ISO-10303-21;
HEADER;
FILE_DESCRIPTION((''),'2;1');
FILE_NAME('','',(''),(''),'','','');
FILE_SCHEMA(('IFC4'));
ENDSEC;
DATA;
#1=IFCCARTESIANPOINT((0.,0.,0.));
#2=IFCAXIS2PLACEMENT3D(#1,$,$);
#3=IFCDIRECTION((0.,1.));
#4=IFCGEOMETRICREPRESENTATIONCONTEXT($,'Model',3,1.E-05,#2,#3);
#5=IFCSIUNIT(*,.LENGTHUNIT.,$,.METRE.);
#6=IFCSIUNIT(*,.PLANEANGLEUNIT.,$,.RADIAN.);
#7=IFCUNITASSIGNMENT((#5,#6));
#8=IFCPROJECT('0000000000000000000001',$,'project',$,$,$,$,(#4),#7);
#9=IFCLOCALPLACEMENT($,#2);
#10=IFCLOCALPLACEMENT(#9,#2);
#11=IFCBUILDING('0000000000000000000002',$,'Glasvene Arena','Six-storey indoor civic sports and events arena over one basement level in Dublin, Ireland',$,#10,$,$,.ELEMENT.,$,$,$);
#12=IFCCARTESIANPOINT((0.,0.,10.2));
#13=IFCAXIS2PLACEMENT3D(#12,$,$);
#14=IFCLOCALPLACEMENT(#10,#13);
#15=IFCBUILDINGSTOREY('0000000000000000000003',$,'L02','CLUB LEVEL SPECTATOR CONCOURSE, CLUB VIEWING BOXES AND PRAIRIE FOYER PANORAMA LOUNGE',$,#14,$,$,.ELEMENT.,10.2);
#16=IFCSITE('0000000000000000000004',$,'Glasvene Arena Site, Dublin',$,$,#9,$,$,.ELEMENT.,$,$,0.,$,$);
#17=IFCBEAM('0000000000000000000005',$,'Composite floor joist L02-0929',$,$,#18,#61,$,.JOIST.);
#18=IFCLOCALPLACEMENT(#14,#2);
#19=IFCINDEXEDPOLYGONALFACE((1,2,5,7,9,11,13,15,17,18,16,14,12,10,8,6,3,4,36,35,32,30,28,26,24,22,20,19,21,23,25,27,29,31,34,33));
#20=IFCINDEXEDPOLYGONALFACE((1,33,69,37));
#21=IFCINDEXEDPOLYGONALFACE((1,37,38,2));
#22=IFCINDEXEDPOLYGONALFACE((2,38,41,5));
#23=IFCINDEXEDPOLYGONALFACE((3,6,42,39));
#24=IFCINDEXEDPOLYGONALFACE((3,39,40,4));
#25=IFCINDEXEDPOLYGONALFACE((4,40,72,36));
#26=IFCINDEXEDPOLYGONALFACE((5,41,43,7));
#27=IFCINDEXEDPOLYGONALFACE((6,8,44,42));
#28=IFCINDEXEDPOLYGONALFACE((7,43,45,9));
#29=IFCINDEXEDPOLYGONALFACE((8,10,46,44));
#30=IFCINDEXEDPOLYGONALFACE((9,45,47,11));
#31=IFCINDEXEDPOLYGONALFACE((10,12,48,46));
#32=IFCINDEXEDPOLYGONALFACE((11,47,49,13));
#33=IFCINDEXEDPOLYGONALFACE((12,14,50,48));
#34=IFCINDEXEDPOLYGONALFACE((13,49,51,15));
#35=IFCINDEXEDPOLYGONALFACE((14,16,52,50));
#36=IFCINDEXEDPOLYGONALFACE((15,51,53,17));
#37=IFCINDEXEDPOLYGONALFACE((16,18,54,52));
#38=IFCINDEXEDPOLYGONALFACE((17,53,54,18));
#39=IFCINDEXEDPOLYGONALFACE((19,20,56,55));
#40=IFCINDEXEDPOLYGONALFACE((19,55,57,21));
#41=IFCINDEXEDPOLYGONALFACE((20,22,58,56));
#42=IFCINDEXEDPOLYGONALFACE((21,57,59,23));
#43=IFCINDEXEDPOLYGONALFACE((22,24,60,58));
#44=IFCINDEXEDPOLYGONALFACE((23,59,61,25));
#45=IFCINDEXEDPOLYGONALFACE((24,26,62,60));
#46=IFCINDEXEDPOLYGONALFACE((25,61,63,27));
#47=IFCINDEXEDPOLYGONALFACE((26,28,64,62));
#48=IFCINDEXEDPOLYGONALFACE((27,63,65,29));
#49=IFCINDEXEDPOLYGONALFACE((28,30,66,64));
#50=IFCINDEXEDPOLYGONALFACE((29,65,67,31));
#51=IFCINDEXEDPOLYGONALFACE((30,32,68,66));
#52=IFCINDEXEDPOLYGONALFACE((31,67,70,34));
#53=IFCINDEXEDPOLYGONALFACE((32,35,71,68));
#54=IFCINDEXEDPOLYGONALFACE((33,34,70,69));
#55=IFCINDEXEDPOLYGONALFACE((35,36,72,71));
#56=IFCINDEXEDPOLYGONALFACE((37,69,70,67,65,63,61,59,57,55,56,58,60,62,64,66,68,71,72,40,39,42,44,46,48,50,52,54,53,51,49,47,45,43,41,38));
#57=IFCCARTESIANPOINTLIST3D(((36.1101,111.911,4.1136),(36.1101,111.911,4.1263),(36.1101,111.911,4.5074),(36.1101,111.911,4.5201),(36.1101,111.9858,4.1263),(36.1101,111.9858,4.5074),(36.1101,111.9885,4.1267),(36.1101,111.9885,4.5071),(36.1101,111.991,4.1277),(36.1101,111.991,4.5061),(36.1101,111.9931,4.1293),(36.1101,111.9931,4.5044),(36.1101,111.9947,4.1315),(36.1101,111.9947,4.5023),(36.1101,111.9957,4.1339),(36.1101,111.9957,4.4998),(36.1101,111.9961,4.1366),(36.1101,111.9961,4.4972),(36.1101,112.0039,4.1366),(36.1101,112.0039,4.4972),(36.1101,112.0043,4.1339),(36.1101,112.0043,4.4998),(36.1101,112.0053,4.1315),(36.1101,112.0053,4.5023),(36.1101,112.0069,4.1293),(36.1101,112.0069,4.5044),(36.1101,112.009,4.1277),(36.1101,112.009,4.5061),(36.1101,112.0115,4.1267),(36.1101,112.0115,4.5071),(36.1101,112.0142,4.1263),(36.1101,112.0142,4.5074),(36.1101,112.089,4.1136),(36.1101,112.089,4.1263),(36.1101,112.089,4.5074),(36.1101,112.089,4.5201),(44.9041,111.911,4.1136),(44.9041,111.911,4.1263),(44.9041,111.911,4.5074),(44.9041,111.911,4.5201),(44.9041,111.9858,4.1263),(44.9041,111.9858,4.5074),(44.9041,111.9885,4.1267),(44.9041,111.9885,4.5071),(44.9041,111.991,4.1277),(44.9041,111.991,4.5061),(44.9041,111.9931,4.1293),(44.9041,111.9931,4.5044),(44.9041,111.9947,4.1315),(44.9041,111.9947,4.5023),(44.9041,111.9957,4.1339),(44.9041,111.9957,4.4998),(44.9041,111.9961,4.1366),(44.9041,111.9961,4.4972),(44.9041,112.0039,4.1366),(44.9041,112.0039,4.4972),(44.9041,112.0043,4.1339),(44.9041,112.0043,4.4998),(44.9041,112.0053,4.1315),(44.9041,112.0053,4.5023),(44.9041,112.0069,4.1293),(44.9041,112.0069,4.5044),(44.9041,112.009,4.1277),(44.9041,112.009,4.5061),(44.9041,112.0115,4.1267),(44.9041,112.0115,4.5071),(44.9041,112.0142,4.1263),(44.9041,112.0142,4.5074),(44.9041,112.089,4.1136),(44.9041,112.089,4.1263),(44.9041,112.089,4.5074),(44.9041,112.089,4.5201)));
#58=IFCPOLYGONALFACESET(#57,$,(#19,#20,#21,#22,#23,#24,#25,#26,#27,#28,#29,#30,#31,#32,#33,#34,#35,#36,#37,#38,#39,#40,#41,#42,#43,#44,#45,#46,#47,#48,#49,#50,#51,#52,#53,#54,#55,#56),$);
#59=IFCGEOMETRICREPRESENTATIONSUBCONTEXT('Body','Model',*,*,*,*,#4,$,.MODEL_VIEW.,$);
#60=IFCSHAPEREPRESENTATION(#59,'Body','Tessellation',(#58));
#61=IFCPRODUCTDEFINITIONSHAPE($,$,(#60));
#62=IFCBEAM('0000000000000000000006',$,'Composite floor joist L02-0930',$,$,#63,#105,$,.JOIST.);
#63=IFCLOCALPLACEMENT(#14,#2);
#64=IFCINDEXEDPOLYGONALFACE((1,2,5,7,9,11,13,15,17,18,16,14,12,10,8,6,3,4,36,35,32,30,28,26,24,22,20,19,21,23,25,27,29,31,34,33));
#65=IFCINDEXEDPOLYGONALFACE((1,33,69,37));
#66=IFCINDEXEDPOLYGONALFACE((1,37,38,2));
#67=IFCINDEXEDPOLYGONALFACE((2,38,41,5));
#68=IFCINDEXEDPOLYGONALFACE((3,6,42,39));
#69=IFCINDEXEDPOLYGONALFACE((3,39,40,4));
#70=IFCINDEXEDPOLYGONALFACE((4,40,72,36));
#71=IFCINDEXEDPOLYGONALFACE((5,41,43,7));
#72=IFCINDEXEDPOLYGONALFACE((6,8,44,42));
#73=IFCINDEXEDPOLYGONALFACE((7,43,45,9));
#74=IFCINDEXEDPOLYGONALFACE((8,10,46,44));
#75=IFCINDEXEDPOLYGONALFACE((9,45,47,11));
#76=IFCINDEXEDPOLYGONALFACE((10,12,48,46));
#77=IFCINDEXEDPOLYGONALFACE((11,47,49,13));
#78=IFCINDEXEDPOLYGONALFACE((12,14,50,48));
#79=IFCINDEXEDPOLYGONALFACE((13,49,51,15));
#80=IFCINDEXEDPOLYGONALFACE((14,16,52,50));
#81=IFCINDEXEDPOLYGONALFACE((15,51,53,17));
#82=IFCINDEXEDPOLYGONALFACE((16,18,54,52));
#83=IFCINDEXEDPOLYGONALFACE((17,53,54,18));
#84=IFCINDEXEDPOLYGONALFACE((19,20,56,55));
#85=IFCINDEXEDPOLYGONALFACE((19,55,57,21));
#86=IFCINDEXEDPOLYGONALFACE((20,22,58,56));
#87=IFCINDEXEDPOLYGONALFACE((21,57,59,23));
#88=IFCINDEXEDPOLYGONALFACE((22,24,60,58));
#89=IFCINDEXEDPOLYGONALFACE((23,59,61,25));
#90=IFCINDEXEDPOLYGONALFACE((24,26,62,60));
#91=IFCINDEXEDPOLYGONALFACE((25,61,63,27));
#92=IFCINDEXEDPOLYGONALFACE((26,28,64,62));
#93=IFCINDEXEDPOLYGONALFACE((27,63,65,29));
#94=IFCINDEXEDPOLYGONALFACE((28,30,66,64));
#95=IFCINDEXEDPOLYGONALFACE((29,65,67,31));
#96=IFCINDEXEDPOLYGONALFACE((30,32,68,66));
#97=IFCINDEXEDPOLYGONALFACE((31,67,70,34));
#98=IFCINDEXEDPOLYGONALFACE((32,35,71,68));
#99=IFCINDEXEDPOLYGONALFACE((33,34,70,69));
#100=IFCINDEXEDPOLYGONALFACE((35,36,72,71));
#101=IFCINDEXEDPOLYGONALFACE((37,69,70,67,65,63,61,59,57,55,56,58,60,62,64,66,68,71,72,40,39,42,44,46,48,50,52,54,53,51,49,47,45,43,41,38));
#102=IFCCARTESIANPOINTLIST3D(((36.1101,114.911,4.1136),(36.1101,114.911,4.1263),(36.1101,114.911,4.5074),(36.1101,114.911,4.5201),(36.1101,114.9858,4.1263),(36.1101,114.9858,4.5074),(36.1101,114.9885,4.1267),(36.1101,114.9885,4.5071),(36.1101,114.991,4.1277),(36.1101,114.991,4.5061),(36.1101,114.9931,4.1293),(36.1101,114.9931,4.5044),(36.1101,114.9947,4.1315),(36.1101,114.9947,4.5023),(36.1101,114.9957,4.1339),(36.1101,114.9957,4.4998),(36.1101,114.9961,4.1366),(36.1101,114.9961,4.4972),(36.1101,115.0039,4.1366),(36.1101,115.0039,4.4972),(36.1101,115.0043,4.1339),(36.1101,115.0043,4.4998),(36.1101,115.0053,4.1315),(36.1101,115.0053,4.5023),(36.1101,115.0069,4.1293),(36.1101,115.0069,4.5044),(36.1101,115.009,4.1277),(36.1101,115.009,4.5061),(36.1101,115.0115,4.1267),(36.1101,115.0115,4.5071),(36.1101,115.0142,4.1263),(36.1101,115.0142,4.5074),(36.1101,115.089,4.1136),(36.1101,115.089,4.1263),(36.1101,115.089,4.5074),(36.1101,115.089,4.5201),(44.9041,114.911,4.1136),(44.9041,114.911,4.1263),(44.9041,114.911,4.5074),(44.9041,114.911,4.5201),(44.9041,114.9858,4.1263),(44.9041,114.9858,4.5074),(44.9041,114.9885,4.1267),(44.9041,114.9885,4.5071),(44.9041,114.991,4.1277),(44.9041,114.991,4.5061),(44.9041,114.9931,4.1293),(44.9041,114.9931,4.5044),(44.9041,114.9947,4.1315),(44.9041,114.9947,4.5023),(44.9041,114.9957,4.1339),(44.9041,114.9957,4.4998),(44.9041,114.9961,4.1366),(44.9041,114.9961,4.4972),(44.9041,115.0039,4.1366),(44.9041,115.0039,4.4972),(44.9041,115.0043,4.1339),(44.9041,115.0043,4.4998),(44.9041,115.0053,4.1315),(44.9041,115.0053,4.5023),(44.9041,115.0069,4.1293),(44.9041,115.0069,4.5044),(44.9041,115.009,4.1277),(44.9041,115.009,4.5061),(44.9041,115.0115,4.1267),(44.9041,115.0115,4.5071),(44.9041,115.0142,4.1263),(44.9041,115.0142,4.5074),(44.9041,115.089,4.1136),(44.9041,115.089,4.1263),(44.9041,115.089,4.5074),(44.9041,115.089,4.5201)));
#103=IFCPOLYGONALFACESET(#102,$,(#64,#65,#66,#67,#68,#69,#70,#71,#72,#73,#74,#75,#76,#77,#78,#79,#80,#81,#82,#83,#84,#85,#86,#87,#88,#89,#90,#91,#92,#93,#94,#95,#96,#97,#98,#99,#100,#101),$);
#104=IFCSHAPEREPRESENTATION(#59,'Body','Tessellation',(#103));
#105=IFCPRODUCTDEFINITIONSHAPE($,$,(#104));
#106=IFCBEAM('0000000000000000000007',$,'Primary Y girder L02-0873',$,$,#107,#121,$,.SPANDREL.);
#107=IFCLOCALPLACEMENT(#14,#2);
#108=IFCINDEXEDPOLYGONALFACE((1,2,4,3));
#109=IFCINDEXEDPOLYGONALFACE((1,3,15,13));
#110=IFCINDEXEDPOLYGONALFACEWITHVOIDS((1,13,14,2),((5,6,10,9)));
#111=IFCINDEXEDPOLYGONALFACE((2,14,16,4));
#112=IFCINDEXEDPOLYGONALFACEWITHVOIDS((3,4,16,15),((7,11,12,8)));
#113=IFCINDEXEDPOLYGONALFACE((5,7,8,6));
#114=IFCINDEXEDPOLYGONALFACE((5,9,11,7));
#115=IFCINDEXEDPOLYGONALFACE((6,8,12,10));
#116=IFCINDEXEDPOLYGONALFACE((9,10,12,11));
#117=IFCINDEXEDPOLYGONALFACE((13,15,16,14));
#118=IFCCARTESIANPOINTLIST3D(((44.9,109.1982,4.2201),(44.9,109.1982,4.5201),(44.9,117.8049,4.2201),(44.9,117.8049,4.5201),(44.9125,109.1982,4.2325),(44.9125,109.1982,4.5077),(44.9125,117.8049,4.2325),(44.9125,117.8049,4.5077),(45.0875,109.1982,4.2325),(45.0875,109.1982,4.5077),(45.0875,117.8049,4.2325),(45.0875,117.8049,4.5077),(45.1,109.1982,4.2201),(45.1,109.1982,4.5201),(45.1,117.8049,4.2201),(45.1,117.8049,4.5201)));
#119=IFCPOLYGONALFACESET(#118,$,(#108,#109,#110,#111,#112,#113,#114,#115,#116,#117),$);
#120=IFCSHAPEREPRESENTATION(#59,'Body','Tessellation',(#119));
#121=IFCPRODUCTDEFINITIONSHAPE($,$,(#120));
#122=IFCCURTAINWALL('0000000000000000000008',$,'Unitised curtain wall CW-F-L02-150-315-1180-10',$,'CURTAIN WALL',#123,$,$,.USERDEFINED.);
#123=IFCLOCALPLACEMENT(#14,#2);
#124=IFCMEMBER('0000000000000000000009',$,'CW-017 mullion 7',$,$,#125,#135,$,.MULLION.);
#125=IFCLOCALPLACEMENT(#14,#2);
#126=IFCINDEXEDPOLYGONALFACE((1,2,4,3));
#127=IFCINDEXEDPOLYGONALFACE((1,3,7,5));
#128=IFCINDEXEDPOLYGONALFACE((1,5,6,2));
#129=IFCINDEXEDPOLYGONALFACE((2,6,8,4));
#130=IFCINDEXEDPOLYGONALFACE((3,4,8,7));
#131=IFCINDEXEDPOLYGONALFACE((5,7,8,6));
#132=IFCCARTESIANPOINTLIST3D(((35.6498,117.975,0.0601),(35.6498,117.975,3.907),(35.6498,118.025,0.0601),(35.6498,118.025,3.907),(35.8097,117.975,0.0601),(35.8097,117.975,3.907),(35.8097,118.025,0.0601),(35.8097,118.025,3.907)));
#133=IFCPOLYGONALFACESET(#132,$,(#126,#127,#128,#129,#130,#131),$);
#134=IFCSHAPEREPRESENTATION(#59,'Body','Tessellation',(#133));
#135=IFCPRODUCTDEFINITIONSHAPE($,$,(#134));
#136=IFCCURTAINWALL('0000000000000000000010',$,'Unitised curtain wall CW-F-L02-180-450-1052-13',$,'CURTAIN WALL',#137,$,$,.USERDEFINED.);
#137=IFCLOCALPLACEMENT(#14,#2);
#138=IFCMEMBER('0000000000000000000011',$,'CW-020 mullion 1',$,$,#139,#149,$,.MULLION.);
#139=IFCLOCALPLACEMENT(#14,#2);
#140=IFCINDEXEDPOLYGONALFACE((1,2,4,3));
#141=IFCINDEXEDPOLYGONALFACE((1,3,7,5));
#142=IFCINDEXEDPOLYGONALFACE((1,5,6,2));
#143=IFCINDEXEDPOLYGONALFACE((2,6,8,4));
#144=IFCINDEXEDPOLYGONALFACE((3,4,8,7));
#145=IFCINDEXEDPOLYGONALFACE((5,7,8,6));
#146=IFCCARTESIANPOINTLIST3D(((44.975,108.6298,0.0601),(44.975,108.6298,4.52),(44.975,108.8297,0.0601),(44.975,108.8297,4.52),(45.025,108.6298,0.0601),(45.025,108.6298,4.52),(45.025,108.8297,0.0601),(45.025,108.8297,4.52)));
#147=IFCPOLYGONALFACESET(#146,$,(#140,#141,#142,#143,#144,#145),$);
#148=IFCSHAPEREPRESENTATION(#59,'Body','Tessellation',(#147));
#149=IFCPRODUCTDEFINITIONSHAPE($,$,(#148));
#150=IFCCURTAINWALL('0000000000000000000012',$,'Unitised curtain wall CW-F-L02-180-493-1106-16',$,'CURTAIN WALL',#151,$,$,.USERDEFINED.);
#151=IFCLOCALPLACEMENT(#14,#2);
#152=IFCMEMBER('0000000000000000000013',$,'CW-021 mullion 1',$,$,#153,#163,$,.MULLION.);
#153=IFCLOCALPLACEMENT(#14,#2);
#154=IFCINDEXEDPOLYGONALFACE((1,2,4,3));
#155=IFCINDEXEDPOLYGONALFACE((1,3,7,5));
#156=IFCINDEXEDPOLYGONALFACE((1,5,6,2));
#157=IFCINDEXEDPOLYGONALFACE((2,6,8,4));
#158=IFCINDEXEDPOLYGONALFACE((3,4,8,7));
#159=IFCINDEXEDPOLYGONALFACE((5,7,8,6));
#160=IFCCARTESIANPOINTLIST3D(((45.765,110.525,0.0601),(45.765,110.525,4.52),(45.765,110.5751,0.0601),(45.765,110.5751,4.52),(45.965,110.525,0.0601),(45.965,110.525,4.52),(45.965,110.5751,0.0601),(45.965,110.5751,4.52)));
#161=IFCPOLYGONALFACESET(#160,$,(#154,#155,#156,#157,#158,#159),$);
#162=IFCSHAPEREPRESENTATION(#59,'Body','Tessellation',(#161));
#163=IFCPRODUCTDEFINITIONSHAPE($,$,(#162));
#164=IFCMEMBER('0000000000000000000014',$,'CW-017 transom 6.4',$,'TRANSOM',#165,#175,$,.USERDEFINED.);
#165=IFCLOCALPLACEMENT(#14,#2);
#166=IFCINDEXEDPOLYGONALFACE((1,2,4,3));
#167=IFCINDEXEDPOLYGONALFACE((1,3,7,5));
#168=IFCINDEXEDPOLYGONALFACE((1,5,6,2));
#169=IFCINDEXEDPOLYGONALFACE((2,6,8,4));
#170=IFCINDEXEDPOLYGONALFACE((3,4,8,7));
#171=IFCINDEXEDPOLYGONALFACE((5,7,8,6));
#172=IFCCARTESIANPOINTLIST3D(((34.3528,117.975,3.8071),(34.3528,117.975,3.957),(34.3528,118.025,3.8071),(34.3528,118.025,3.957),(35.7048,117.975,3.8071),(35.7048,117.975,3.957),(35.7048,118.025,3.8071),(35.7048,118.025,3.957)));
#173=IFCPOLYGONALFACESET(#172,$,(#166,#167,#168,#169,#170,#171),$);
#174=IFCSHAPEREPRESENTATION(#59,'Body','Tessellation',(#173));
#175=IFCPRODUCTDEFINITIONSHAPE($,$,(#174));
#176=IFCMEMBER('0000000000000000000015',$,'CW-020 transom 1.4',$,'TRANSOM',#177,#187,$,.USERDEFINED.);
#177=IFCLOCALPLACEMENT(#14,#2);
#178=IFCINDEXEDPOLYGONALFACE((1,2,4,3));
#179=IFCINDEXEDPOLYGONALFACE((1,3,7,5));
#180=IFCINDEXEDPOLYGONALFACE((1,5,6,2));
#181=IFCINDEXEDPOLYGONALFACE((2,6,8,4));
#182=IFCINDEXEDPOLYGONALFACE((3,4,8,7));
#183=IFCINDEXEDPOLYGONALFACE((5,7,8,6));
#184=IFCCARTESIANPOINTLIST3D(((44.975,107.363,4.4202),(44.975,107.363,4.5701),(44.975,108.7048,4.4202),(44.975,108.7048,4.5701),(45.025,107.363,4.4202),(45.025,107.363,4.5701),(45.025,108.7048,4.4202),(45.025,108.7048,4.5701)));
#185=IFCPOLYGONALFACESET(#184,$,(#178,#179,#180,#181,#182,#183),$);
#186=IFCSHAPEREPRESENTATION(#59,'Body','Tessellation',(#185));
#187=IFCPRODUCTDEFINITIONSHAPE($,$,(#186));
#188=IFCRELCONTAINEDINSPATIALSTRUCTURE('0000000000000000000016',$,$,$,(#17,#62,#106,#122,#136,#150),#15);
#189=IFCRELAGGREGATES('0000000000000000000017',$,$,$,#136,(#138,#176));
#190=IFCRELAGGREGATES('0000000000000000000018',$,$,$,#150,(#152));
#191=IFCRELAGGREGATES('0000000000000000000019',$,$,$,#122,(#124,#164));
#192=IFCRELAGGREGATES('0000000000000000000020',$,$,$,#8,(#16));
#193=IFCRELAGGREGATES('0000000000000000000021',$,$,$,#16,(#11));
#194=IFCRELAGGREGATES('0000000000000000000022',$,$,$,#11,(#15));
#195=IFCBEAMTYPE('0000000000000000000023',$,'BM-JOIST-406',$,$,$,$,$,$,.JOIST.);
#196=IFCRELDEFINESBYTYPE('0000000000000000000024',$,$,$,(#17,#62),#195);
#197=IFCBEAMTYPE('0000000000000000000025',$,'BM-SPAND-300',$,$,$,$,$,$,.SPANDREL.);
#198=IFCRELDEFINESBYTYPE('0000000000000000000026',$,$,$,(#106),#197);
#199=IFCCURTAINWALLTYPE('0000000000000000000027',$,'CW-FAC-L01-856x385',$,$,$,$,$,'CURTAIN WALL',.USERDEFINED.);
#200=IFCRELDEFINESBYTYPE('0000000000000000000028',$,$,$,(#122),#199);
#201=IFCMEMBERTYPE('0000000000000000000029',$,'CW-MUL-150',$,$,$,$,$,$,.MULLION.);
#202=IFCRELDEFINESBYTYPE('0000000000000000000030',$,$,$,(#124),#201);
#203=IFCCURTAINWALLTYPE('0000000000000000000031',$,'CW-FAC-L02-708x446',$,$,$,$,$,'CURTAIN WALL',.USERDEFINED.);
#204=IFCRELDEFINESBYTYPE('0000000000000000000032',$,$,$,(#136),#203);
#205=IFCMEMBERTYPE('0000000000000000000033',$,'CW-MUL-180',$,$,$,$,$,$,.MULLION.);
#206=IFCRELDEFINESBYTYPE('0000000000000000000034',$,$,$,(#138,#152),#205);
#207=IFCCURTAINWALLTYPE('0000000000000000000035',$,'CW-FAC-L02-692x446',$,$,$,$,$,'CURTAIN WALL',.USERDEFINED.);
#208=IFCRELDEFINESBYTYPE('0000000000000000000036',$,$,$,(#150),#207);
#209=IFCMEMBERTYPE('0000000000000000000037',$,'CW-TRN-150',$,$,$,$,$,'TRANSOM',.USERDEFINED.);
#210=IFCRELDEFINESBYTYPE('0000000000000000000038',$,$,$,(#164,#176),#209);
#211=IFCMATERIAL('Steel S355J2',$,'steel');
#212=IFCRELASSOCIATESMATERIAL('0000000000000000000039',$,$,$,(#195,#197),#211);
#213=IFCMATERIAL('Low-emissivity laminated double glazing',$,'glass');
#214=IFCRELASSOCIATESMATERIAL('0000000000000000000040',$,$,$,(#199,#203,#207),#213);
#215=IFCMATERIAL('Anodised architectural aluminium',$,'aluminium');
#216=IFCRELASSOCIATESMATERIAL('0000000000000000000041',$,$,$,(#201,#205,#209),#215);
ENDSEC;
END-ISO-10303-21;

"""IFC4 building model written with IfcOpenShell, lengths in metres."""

from ifc_helpers import new_model, si_unit, direction, frame, origin, origin_2d, place, context, subcontext, project, spatial, rectangle, hollow_rectangle, i_section, extrude, material, material_profile, profile_set, type_object, element, aggregate, save


model = new_model("IFC4")

# Units and contexts
model_context = context("Model", 3, precision=1e-05, world=origin(), true_north=direction((0.0, 1.0)))
body_context = subcontext(model_context, "Body", "Model", "MODEL_VIEW")
ifc_project = project(units=[si_unit("LENGTHUNIT", "METRE"), si_unit("PLANEANGLEUNIT", "RADIAN")], contexts=[model_context])

# Site, building, storey
site_placement = place(None, origin())
site = spatial("IfcSite", under=ifc_project, at=site_placement, Name="Glasvene Arena Site, Dublin", CompositionType="ELEMENT", RefElevation=0.0)
building_placement = place(site_placement, origin())
building = spatial("IfcBuilding", under=site, at=building_placement, Name="Glasvene Arena", Description="Six-storey indoor civic sports and events arena over one basement level in Dublin, Ireland", CompositionType="ELEMENT")
storey_placement = place(building_placement, frame((0.0, 0.0, 10.2)))
storey = spatial("IfcBuildingStorey", under=building, at=storey_placement, Name="L02", Description="CLUB LEVEL SPECTATOR CONCOURSE, CLUB VIEWING BOXES AND PRAIRIE FOYER PANORAMA LOUNGE", CompositionType="ELEMENT", Elevation=10.2)

# Shared definitions
ifc_material_1 = material(Name="Steel S355J2", Category="steel")

# Beams
ifc_material_profile_1 = material_profile(ifc_material_1, i_section(OverallWidth=0.178, OverallDepth=0.4065, WebThickness=0.0078, FlangeThickness=0.0127, FilletRadius=0.0103, at=origin_2d()), Name="UKB 406x178x60")
ifc_profile_set_1 = profile_set([ifc_material_profile_1], Name="Steel S355J2")
beam_type_1 = type_object("IfcBeamType", Name="BM-JOIST-406", PredefinedType="JOIST", material=ifc_profile_set_1)
for number, where, z_axis, x_axis, name in (
    (1, (36.1101, 112.0, 4.3169), (1.0, 0.0, 0.0), (0.0, 1.0, 0.0), "Composite floor joist L02-0929"),
    (2, (36.1101, 115.0, 4.3169), (1.0, 0.0, 0.0), (0.0, 1.0, 0.0), "Composite floor joist L02-0930"),
):
    element("IfcBeam", number, at=place(storey_placement, frame(where, z_axis=z_axis, x_axis=x_axis)), inside=storey, type_object=beam_type_1, Name=name, PredefinedType="JOIST", context=body_context, shape_type="SweptSolid", body=[
        extrude(i_section(OverallWidth=0.178, OverallDepth=0.4065, WebThickness=0.0078, FlangeThickness=0.0127, FilletRadius=0.0103, at=origin_2d()), origin(), (0.0, 0.0, 1.0), 8.7939),
    ])
ifc_material_profile_2 = material_profile(ifc_material_1, hollow_rectangle(XDim=0.2, YDim=0.3, WallThickness=0.0125, at=origin_2d()), Name="RHS 300x200x12.5")
ifc_profile_set_2 = profile_set([ifc_material_profile_2], Name="Steel S355J2")
beam_type_2 = type_object("IfcBeamType", Name="BM-SPAND-300", PredefinedType="SPANDREL", material=ifc_profile_set_2)
beam_1_placement = place(storey_placement, frame((45.0, 109.1982, 4.3701), z_axis=(0.0, 1.0, 0.0), x_axis=(-1.0, 0.0, 0.0)))
element("IfcBeam", 3, at=beam_1_placement, inside=storey, type_object=beam_type_2, Name="Primary Y girder L02-0873", PredefinedType="SPANDREL", context=body_context, shape_type="SweptSolid", body=[
    extrude(hollow_rectangle(XDim=0.2, YDim=0.3, WallThickness=0.0125, at=origin_2d()), origin(), (0.0, 0.0, 1.0), 8.6067),
])

# Curtain walls, members
ifc_material_2 = material(Name="Low-emissivity laminated double glazing", Category="glass")
curtain_wall_type_1 = type_object("IfcCurtainWallType", Name="CW-FAC-L01-856x385", ElementType="CURTAIN WALL", PredefinedType="USERDEFINED", material=ifc_material_2)
curtain_wall_1_placement = place(storey_placement, frame((27.1919, 118.0, 0.0)))
curtain_wall_1 = element("IfcCurtainWall", 4, at=curtain_wall_1_placement, inside=storey, type_object=curtain_wall_type_1, Name="Unitised curtain wall CW-F-L02-150-315-1180-10", ObjectType="CURTAIN WALL", PredefinedType="USERDEFINED")
ifc_material_3 = material(Name="Anodised architectural aluminium", Category="aluminium")
ifc_material_profile_3 = material_profile(ifc_material_3, rectangle(XDim=0.05, YDim=0.1599, at=origin_2d()), Name="ALU MULLION 50x160")
ifc_profile_set_3 = profile_set([ifc_material_profile_3], Name="Anodised architectural aluminium")
member_type_1 = type_object("IfcMemberType", Name="CW-MUL-150", PredefinedType="MULLION", material=ifc_profile_set_3)
member_1_placement = place(storey_placement, frame((35.7297, 118.0, 0.0601), z_axis=(0.0, 0.0, 1.0), x_axis=(0.0, 1.0, 0.0)))
member_1 = element("IfcMember", 5, at=member_1_placement, type_object=member_type_1, Name="CW-017 mullion 7", PredefinedType="MULLION", context=body_context, shape_type="SweptSolid", body=[
    extrude(rectangle(XDim=0.05, YDim=0.1599, at=origin_2d()), origin(), (0.0, 0.0, 1.0), 3.8469),
])
curtain_wall_type_2 = type_object("IfcCurtainWallType", Name="CW-FAC-L02-708x446", ElementType="CURTAIN WALL", PredefinedType="USERDEFINED", material=ifc_material_2)
curtain_wall_2_placement = place(storey_placement, frame((45.0, 108.7549, 0.0)))
curtain_wall_2 = element("IfcCurtainWall", 6, at=curtain_wall_2_placement, inside=storey, type_object=curtain_wall_type_2, Name="Unitised curtain wall CW-F-L02-180-450-1052-13", ObjectType="CURTAIN WALL", PredefinedType="USERDEFINED")
ifc_material_profile_4 = material_profile(ifc_material_3, rectangle(XDim=0.05, YDim=0.2, at=origin_2d()), Name="ALU MULLION 50x200")
ifc_profile_set_4 = profile_set([ifc_material_profile_4], Name="Anodised architectural aluminium")
member_type_2 = type_object("IfcMemberType", Name="CW-MUL-180", PredefinedType="MULLION", material=ifc_profile_set_4)
member_2_placement = place(storey_placement, frame((45.0, 108.7297, 0.0601), z_axis=(0.0, 0.0, 1.0), x_axis=(1.0, 0.0, 0.0)))
member_2 = element("IfcMember", 7, at=member_2_placement, type_object=member_type_2, Name="CW-020 mullion 1", PredefinedType="MULLION", context=body_context, shape_type="SweptSolid", body=[
    extrude(rectangle(XDim=0.05, YDim=0.2, at=origin_2d()), origin(), (0.0, 0.0, 1.0), 4.46),
])
curtain_wall_type_3 = type_object("IfcCurtainWallType", Name="CW-FAC-L02-692x446", ElementType="CURTAIN WALL", PredefinedType="USERDEFINED", material=ifc_material_2)
curtain_wall_3_placement = place(storey_placement, frame((45.8401, 110.55, 0.0)))
curtain_wall_3 = element("IfcCurtainWall", 8, at=curtain_wall_3_placement, inside=storey, type_object=curtain_wall_type_3, Name="Unitised curtain wall CW-F-L02-180-493-1106-16", ObjectType="CURTAIN WALL", PredefinedType="USERDEFINED")
member_3_placement = place(storey_placement, frame((45.865, 110.55, 0.0601), z_axis=(0.0, 0.0, 1.0), x_axis=(0.0, 1.0, 0.0)))
member_3 = element("IfcMember", 9, at=member_3_placement, type_object=member_type_2, Name="CW-021 mullion 1", PredefinedType="MULLION", context=body_context, shape_type="SweptSolid", body=[
    extrude(rectangle(XDim=0.05, YDim=0.2, at=origin_2d()), origin(), (0.0, 0.0, 1.0), 4.46),
])

# Members
ifc_material_profile_5 = material_profile(ifc_material_3, rectangle(XDim=0.05, YDim=0.1499, at=origin_2d()), Name="ALU TRANSOM 50x150")
ifc_profile_set_5 = profile_set([ifc_material_profile_5], Name="Anodised architectural aluminium")
member_type_3 = type_object("IfcMemberType", Name="CW-TRN-150", ElementType="TRANSOM", PredefinedType="USERDEFINED", material=ifc_profile_set_5)
member_4_placement = place(storey_placement, frame((34.3528, 118.0, 3.8821), z_axis=(1.0, 0.0, 0.0), x_axis=(0.0, 1.0, 0.0)))
member_4 = element("IfcMember", 10, at=member_4_placement, type_object=member_type_3, Name="CW-017 transom 6.4", ObjectType="TRANSOM", PredefinedType="USERDEFINED", context=body_context, shape_type="SweptSolid", body=[
    extrude(rectangle(XDim=0.05, YDim=0.1499, at=origin_2d()), origin(), (0.0, 0.0, 1.0), 1.3521),
])
member_5_placement = place(storey_placement, frame((45.0, 108.7048, 4.4951), z_axis=(0.0, -1.0, 0.0), x_axis=(1.0, 0.0, 0.0)))
member_5 = element("IfcMember", 11, at=member_5_placement, type_object=member_type_3, Name="CW-020 transom 1.4", ObjectType="TRANSOM", PredefinedType="USERDEFINED", context=body_context, shape_type="SweptSolid", body=[
    extrude(rectangle(XDim=0.05, YDim=0.1499, at=origin_2d()), origin(), (0.0, 0.0, 1.0), 1.3418),
])
aggregate(curtain_wall_2, [member_2, member_5])
aggregate(curtain_wall_3, [member_3])

aggregate(curtain_wall_1, [member_1, member_4])

save(model, "model.ifc")
